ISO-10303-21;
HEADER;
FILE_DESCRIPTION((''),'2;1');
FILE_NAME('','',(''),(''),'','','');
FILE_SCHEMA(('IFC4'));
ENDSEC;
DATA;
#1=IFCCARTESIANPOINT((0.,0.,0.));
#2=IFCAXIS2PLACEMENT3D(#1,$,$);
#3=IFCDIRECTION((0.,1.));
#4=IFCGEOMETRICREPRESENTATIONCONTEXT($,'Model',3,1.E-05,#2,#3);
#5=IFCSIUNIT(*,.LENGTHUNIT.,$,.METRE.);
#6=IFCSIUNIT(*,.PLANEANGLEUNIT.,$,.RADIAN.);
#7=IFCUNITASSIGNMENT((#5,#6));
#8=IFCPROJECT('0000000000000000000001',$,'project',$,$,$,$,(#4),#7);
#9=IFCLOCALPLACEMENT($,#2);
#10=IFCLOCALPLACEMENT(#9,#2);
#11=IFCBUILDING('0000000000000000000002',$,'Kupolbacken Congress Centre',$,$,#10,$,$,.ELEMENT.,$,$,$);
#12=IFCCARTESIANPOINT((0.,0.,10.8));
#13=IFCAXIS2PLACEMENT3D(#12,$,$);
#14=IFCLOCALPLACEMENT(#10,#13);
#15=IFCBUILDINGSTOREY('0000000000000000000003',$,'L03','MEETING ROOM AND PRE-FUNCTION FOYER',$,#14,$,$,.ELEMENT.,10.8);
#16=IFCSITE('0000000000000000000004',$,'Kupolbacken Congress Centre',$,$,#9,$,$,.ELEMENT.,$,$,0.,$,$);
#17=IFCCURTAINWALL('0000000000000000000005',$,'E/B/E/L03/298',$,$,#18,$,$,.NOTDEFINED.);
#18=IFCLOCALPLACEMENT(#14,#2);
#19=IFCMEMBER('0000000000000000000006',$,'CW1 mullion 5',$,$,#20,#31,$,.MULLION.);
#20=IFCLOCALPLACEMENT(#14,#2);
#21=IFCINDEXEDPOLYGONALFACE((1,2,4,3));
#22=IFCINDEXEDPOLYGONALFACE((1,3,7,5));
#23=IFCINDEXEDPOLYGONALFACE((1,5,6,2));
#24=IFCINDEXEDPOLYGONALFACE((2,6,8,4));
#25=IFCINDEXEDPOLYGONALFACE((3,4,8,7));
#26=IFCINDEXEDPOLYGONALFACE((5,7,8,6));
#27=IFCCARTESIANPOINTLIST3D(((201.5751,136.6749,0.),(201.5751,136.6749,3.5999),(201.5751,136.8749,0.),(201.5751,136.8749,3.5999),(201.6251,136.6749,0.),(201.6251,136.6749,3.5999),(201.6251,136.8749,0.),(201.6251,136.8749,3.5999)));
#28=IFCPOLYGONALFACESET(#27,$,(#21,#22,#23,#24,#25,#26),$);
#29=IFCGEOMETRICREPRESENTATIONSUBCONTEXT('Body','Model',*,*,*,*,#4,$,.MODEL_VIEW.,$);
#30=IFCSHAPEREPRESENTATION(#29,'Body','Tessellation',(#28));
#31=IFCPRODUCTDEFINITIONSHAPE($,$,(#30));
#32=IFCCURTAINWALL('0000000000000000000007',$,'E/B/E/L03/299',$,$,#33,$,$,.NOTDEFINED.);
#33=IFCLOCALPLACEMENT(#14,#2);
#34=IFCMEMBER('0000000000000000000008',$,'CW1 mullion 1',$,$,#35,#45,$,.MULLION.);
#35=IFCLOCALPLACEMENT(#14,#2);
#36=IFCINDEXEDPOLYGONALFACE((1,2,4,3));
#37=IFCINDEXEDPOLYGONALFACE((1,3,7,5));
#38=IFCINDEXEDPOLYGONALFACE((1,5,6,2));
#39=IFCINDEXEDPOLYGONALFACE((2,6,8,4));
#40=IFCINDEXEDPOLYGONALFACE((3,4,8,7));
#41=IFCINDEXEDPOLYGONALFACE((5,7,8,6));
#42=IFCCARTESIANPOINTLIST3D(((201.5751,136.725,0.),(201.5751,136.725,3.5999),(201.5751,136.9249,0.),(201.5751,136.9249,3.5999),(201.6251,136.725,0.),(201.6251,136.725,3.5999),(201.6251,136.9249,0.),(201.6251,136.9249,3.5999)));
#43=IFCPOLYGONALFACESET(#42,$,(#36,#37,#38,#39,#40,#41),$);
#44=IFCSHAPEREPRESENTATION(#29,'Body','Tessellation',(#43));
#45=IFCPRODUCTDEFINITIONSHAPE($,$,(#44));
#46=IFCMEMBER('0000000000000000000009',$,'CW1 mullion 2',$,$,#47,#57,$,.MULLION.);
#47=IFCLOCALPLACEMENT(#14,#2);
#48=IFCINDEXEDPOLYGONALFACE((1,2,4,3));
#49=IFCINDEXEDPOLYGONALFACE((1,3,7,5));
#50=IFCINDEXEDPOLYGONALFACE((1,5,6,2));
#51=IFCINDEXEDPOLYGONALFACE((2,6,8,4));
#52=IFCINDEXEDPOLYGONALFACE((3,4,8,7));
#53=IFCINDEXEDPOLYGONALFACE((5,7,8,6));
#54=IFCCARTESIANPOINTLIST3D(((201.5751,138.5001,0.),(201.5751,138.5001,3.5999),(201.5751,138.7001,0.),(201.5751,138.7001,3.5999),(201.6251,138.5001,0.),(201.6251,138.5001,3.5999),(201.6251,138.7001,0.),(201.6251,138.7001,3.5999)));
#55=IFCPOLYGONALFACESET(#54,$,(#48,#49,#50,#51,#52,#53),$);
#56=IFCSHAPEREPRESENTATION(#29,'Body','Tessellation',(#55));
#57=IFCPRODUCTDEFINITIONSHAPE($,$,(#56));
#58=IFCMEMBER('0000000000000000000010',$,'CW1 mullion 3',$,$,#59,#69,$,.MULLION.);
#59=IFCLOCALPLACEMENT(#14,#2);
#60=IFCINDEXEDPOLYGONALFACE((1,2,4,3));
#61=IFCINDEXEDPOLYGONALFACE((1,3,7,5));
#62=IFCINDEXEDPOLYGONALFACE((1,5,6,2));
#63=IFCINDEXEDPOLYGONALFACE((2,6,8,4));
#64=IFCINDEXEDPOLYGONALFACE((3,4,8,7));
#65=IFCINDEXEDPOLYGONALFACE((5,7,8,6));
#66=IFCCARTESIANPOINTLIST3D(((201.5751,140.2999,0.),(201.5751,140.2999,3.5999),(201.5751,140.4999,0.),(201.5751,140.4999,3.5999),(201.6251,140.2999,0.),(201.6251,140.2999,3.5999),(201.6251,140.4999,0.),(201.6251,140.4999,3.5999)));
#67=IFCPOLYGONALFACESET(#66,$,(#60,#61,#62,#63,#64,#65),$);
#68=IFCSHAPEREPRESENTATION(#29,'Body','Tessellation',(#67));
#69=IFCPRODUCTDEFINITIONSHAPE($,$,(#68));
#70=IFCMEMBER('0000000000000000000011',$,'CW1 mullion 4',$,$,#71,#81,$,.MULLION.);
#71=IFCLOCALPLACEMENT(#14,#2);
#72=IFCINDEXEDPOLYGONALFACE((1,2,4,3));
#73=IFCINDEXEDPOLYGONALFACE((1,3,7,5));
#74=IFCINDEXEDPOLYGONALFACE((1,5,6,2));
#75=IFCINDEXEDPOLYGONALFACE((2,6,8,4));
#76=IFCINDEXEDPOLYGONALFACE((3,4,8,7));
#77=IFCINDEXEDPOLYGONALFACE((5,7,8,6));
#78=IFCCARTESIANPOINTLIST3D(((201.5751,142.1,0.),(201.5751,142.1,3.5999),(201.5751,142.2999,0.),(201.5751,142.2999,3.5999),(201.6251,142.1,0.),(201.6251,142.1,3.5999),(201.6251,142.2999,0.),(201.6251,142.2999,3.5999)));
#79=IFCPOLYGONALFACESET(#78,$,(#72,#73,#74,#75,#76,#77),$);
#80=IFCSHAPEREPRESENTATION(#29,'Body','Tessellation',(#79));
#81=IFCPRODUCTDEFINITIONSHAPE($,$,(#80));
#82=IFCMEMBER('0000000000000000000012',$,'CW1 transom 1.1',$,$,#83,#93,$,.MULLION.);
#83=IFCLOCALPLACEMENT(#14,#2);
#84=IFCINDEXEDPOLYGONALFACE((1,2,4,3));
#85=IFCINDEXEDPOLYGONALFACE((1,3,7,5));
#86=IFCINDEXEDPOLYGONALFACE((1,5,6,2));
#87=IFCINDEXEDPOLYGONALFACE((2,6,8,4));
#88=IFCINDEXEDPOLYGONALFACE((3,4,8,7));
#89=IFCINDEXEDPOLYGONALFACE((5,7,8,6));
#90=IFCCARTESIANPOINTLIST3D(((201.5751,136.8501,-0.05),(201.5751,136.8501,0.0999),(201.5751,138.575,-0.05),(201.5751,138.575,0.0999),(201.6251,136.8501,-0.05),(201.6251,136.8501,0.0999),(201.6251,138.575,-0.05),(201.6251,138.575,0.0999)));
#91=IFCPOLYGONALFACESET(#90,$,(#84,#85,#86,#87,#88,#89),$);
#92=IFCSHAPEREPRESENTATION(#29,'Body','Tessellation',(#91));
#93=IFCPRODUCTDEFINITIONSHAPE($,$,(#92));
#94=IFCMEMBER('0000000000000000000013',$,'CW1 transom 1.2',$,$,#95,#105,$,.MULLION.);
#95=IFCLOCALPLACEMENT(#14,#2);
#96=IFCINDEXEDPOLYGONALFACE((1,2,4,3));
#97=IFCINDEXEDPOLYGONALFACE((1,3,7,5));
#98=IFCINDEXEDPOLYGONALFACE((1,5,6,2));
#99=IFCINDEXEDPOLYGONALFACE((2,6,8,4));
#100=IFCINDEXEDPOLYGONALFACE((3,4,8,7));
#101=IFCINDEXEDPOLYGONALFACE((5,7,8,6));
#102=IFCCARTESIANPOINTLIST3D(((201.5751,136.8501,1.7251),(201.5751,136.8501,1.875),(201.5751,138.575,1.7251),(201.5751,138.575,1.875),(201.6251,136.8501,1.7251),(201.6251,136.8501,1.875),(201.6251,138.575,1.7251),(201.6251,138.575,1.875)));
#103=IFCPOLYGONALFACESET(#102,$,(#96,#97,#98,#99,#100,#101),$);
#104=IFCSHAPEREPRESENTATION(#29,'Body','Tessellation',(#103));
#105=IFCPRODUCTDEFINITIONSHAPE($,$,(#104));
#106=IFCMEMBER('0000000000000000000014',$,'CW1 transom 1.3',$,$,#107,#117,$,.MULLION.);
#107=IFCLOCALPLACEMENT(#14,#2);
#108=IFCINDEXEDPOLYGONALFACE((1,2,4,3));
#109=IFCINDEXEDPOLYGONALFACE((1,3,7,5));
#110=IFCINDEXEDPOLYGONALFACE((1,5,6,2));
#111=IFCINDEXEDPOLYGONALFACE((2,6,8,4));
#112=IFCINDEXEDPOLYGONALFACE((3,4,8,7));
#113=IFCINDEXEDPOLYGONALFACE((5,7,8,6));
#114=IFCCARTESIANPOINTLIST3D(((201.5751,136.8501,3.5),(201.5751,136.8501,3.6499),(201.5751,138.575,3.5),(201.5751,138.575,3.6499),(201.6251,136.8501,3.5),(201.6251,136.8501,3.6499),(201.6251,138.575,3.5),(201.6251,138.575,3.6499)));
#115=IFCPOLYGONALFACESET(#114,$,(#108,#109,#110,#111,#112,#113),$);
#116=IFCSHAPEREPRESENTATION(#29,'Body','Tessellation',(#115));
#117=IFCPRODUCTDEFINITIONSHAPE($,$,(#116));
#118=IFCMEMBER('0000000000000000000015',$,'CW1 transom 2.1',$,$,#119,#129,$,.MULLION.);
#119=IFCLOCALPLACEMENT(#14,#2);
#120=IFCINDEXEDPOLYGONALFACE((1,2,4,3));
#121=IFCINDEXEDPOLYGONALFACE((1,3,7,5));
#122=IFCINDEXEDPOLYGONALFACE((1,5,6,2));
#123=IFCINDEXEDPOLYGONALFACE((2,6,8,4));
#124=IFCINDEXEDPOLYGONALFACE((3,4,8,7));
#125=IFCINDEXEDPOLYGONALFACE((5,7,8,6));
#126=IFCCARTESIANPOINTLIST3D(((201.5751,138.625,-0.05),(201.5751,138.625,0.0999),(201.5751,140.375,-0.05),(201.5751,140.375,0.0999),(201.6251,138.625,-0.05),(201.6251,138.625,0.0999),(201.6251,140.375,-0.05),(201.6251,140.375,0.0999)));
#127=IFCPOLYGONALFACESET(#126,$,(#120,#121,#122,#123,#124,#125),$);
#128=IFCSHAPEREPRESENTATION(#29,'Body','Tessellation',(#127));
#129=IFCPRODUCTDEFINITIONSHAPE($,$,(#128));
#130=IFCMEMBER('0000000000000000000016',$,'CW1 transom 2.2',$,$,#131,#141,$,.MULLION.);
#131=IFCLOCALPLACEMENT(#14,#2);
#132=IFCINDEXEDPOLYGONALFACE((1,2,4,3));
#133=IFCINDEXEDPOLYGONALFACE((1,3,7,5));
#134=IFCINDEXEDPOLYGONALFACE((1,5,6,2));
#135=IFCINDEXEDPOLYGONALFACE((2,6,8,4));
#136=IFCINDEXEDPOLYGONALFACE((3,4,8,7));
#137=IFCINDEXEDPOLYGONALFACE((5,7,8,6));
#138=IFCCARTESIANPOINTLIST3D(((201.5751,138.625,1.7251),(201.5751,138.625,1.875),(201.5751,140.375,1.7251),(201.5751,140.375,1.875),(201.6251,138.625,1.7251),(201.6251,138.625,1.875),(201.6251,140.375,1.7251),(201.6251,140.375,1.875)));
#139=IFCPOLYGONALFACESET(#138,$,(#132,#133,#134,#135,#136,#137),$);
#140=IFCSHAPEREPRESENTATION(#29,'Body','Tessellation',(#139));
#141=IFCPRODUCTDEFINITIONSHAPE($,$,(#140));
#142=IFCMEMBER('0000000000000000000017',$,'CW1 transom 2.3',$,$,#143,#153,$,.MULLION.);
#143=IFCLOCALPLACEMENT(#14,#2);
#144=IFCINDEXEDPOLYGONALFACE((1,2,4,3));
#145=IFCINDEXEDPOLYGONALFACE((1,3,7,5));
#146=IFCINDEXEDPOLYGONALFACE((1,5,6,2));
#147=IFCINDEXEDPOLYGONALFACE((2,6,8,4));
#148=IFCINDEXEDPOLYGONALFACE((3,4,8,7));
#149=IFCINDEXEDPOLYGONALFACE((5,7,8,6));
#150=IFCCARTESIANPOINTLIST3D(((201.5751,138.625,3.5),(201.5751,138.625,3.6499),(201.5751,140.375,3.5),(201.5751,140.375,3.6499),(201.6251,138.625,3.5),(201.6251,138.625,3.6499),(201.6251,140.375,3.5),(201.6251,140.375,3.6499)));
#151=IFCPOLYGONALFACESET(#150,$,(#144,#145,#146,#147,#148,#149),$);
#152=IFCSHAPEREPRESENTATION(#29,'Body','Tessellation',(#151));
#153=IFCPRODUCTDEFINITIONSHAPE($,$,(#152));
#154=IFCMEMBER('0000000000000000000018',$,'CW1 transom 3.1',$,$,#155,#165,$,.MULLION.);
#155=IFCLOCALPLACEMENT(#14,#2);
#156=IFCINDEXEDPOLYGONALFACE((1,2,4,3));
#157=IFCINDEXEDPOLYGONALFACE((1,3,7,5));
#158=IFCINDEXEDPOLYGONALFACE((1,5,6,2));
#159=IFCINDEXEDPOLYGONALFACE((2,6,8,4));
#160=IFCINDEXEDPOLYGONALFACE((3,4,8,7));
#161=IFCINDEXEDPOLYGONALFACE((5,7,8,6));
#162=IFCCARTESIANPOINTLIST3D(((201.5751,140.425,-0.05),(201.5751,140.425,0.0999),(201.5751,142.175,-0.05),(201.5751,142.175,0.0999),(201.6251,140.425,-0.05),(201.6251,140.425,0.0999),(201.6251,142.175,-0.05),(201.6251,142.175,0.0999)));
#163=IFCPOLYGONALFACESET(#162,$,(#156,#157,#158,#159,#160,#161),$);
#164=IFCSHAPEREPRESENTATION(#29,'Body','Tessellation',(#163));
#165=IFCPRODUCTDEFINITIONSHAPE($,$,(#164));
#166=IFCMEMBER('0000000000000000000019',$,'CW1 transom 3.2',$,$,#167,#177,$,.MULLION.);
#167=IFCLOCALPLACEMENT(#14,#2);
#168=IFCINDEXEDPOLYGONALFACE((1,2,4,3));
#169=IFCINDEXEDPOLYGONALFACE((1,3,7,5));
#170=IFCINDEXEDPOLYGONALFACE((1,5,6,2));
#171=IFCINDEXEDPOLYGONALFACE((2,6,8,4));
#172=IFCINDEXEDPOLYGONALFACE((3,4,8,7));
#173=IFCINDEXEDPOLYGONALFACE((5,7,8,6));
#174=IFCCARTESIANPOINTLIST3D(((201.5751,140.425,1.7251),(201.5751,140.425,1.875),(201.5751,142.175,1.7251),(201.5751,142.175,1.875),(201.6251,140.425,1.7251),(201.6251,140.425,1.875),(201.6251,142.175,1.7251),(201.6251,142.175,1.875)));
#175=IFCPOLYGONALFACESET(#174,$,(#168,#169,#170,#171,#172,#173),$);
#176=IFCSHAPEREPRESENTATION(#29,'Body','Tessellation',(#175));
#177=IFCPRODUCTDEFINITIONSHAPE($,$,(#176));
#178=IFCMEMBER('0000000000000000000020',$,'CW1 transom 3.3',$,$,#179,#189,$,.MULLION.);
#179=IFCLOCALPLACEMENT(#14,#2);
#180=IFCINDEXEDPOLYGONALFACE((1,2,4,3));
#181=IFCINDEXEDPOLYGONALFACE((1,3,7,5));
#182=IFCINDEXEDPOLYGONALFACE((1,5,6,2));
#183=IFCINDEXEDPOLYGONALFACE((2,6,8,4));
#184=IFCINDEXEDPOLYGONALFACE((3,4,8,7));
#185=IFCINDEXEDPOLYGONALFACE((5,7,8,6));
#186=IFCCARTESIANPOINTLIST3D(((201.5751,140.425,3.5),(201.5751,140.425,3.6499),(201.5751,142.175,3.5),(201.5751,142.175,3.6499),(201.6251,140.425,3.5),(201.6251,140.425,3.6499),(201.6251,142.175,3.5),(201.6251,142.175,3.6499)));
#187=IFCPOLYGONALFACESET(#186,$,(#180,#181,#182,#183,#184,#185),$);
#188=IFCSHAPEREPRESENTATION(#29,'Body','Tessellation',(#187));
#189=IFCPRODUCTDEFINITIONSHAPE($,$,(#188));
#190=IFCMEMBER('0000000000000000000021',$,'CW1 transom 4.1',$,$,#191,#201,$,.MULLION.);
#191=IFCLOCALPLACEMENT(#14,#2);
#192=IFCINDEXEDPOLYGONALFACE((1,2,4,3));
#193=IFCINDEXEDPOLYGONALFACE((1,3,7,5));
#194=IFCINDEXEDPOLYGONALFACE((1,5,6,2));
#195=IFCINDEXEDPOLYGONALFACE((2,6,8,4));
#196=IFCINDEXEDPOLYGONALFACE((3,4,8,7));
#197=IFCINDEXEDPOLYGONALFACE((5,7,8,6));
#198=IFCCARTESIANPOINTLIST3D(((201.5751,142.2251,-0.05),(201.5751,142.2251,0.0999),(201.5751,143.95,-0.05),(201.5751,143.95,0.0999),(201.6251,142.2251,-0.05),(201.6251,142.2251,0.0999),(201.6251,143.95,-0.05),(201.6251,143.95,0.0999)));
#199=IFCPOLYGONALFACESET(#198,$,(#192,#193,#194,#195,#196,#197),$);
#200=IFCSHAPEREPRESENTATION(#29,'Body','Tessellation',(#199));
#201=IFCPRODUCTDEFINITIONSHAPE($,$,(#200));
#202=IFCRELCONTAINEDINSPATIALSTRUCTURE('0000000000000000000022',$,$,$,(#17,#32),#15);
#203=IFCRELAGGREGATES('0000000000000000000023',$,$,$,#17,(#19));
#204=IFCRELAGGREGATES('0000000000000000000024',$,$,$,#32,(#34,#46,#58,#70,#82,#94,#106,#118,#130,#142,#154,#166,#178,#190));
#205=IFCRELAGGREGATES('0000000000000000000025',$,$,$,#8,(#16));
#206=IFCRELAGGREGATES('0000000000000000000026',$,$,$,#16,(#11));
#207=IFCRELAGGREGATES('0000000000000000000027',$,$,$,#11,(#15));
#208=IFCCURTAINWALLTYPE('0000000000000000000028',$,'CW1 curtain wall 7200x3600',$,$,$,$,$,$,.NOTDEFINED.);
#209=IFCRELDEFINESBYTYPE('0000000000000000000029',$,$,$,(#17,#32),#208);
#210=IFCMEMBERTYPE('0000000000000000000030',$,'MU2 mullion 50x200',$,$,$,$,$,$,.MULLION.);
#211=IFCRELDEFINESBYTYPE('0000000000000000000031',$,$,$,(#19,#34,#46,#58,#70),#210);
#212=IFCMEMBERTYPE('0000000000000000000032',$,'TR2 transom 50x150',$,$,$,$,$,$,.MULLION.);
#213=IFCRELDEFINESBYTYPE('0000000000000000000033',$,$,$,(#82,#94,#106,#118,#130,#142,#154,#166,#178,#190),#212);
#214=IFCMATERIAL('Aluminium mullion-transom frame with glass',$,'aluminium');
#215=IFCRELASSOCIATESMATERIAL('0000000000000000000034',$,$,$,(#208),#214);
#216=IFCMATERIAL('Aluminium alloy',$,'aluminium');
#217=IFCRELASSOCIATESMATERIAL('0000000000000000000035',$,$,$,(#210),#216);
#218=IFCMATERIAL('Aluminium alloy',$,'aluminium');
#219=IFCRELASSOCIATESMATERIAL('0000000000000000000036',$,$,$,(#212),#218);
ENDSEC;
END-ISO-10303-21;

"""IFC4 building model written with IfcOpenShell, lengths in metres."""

from ifc_helpers import new_model, si_unit, direction, frame, origin, origin_2d, place, context, subcontext, project, spatial, rectangle, extrude, material, material_profile, profile_set, type_object, element, aggregate, save


model = new_model("IFC4")

# Units and contexts
model_context = context("Model", 3, precision=1e-05, world=origin(), true_north=direction((0.0, 1.0)))
body_context = subcontext(model_context, "Body", "Model", "MODEL_VIEW")
ifc_project = project(units=[si_unit("LENGTHUNIT", "METRE"), si_unit("PLANEANGLEUNIT", "RADIAN")], contexts=[model_context])

# Site, building, storey
site_placement = place(None, origin())
site = spatial("IfcSite", under=ifc_project, at=site_placement, Name="Kupolbacken Congress Centre", CompositionType="ELEMENT", RefElevation=0.0)
building_placement = place(site_placement, origin())
building = spatial("IfcBuilding", under=site, at=building_placement, Name="Kupolbacken Congress Centre", CompositionType="ELEMENT")
storey_placement = place(building_placement, frame((0.0, 0.0, 10.8)))
storey = spatial("IfcBuildingStorey", under=building, at=storey_placement, Name="L03", Description="MEETING ROOM AND PRE-FUNCTION FOYER", CompositionType="ELEMENT", Elevation=10.8)

# Curtain wall, member
ifc_material_1 = material(Name="Aluminium mullion-transom frame with glass", Category="aluminium")
curtain_wall_type = type_object("IfcCurtainWallType", Name="CW1 curtain wall 7200x3600", PredefinedType="NOTDEFINED", material=ifc_material_1)
curtain_wall_1_placement = place(storey_placement, origin())
curtain_wall_1 = element("IfcCurtainWall", 1, at=curtain_wall_1_placement, inside=storey, type_object=curtain_wall_type, Name="E/B/E/L03/298", PredefinedType="NOTDEFINED")
ifc_material_2 = material(Name="Aluminium alloy", Category="aluminium")
ifc_material_profile_1 = material_profile(ifc_material_2, rectangle(XDim=0.05, YDim=0.2, at=origin_2d()), Name="50 x 200")
ifc_profile_set_1 = profile_set([ifc_material_profile_1], Name="Aluminium alloy")
member_type_1 = type_object("IfcMemberType", Name="MU2 mullion 50x200", PredefinedType="MULLION", material=ifc_profile_set_1)
member_1_placement = place(storey_placement, frame((201.6001, 136.7749, 0.0), z_axis=(0.0, 0.0, 1.0), x_axis=(-1.0, 0.0, 0.0)))
member_1 = element("IfcMember", 2, at=member_1_placement, type_object=member_type_1, Name="CW1 mullion 5", PredefinedType="MULLION", context=body_context, shape_type="SweptSolid", body=[
    extrude(rectangle(XDim=0.05, YDim=0.2, at=origin_2d()), origin(), (0.0, 0.0, 1.0), 3.5999),
])

# Curtain wall, members
curtain_wall_2_placement = place(storey_placement, origin())
curtain_wall_2 = element("IfcCurtainWall", 3, at=curtain_wall_2_placement, inside=storey, type_object=curtain_wall_type, Name="E/B/E/L03/299", PredefinedType="NOTDEFINED")
member_2_placement = place(storey_placement, frame((201.6001, 136.825, 0.0), z_axis=(0.0, 0.0, 1.0), x_axis=(-1.0, 0.0, 0.0)))
member_2 = element("IfcMember", 4, at=member_2_placement, type_object=member_type_1, Name="CW1 mullion 1", PredefinedType="MULLION", context=body_context, shape_type="SweptSolid", body=[
    extrude(rectangle(XDim=0.05, YDim=0.2, at=origin_2d()), origin(), (0.0, 0.0, 1.0), 3.5999),
])
member_3_placement = place(storey_placement, frame((201.6001, 138.6001, 0.0), z_axis=(0.0, 0.0, 1.0), x_axis=(-1.0, 0.0, 0.0)))
member_3 = element("IfcMember", 5, at=member_3_placement, type_object=member_type_1, Name="CW1 mullion 2", PredefinedType="MULLION", context=body_context, shape_type="SweptSolid", body=[
    extrude(rectangle(XDim=0.05, YDim=0.2, at=origin_2d()), origin(), (0.0, 0.0, 1.0), 3.5999),
])
member_4_placement = place(storey_placement, frame((201.6001, 140.3999, 0.0), z_axis=(0.0, 0.0, 1.0), x_axis=(-1.0, 0.0, 0.0)))
member_4 = element("IfcMember", 6, at=member_4_placement, type_object=member_type_1, Name="CW1 mullion 3", PredefinedType="MULLION", context=body_context, shape_type="SweptSolid", body=[
    extrude(rectangle(XDim=0.05, YDim=0.2, at=origin_2d()), origin(), (0.0, 0.0, 1.0), 3.5999),
])
member_5_placement = place(storey_placement, frame((201.6001, 142.2, 0.0), z_axis=(0.0, 0.0, 1.0), x_axis=(-1.0, 0.0, 0.0)))
member_5 = element("IfcMember", 7, at=member_5_placement, type_object=member_type_1, Name="CW1 mullion 4", PredefinedType="MULLION", context=body_context, shape_type="SweptSolid", body=[
    extrude(rectangle(XDim=0.05, YDim=0.2, at=origin_2d()), origin(), (0.0, 0.0, 1.0), 3.5999),
])
ifc_material_3 = material(Name="Aluminium alloy", Category="aluminium")
ifc_material_profile_2 = material_profile(ifc_material_3, rectangle(XDim=0.05, YDim=0.1499, at=origin_2d()), Name="50 x 150")
ifc_profile_set_2 = profile_set([ifc_material_profile_2], Name="Aluminium alloy")
member_type_2 = type_object("IfcMemberType", Name="TR2 transom 50x150", PredefinedType="MULLION", material=ifc_profile_set_2)
member_6_placement = place(storey_placement, frame((201.6001, 136.8501, 0.0249), z_axis=(0.0, 1.0, 0.0), x_axis=(-1.0, 0.0, 0.0)))
member_6 = element("IfcMember", 8, at=member_6_placement, type_object=member_type_2, Name="CW1 transom 1.1", PredefinedType="MULLION", context=body_context, shape_type="SweptSolid", body=[
    extrude(rectangle(XDim=0.05, YDim=0.1499, at=origin_2d()), origin(), (0.0, 0.0, 1.0), 1.7249),
])
member_7_placement = place(storey_placement, frame((201.6001, 136.8501, 1.8), z_axis=(0.0, 1.0, 0.0), x_axis=(-1.0, 0.0, 0.0)))
member_7 = element("IfcMember", 9, at=member_7_placement, type_object=member_type_2, Name="CW1 transom 1.2", PredefinedType="MULLION", context=body_context, shape_type="SweptSolid", body=[
    extrude(rectangle(XDim=0.05, YDim=0.1499, at=origin_2d()), origin(), (0.0, 0.0, 1.0), 1.7249),
])
member_8_placement = place(storey_placement, frame((201.6001, 136.8501, 3.575), z_axis=(0.0, 1.0, 0.0), x_axis=(-1.0, 0.0, 0.0)))
member_8 = element("IfcMember", 10, at=member_8_placement, type_object=member_type_2, Name="CW1 transom 1.3", PredefinedType="MULLION", context=body_context, shape_type="SweptSolid", body=[
    extrude(rectangle(XDim=0.05, YDim=0.1499, at=origin_2d()), origin(), (0.0, 0.0, 1.0), 1.7249),
])
member_9_placement = place(storey_placement, frame((201.6001, 138.625, 0.0249), z_axis=(0.0, 1.0, 0.0), x_axis=(-1.0, 0.0, 0.0)))
member_9 = element("IfcMember", 11, at=member_9_placement, type_object=member_type_2, Name="CW1 transom 2.1", PredefinedType="MULLION", context=body_context, shape_type="SweptSolid", body=[
    extrude(rectangle(XDim=0.05, YDim=0.1499, at=origin_2d()), origin(), (0.0, 0.0, 1.0), 1.75),
])
member_10_placement = place(storey_placement, frame((201.6001, 138.625, 1.8), z_axis=(0.0, 1.0, 0.0), x_axis=(-1.0, 0.0, 0.0)))
member_10 = element("IfcMember", 12, at=member_10_placement, type_object=member_type_2, Name="CW1 transom 2.2", PredefinedType="MULLION", context=body_context, shape_type="SweptSolid", body=[
    extrude(rectangle(XDim=0.05, YDim=0.1499, at=origin_2d()), origin(), (0.0, 0.0, 1.0), 1.75),
])
member_11_placement = place(storey_placement, frame((201.6001, 138.625, 3.575), z_axis=(0.0, 1.0, 0.0), x_axis=(-1.0, 0.0, 0.0)))
member_11 = element("IfcMember", 13, at=member_11_placement, type_object=member_type_2, Name="CW1 transom 2.3", PredefinedType="MULLION", context=body_context, shape_type="SweptSolid", body=[
    extrude(rectangle(XDim=0.05, YDim=0.1499, at=origin_2d()), origin(), (0.0, 0.0, 1.0), 1.75),
])
member_12_placement = place(storey_placement, frame((201.6001, 140.425, 0.0249), z_axis=(0.0, 1.0, 0.0), x_axis=(-1.0, 0.0, 0.0)))
member_12 = element("IfcMember", 14, at=member_12_placement, type_object=member_type_2, Name="CW1 transom 3.1", PredefinedType="MULLION", context=body_context, shape_type="SweptSolid", body=[
    extrude(rectangle(XDim=0.05, YDim=0.1499, at=origin_2d()), origin(), (0.0, 0.0, 1.0), 1.75),
])
member_13_placement = place(storey_placement, frame((201.6001, 140.425, 1.8), z_axis=(0.0, 1.0, 0.0), x_axis=(-1.0, 0.0, 0.0)))
member_13 = element("IfcMember", 15, at=member_13_placement, type_object=member_type_2, Name="CW1 transom 3.2", PredefinedType="MULLION", context=body_context, shape_type="SweptSolid", body=[
    extrude(rectangle(XDim=0.05, YDim=0.1499, at=origin_2d()), origin(), (0.0, 0.0, 1.0), 1.75),
])
member_14_placement = place(storey_placement, frame((201.6001, 140.425, 3.575), z_axis=(0.0, 1.0, 0.0), x_axis=(-1.0, 0.0, 0.0)))
member_14 = element("IfcMember", 16, at=member_14_placement, type_object=member_type_2, Name="CW1 transom 3.3", PredefinedType="MULLION", context=body_context, shape_type="SweptSolid", body=[
    extrude(rectangle(XDim=0.05, YDim=0.1499, at=origin_2d()), origin(), (0.0, 0.0, 1.0), 1.75),
])
member_15_placement = place(storey_placement, frame((201.6001, 142.2251, 0.0249), z_axis=(0.0, 1.0, 0.0), x_axis=(-1.0, 0.0, 0.0)))
member_15 = element("IfcMember", 17, at=member_15_placement, type_object=member_type_2, Name="CW1 transom 4.1", PredefinedType="MULLION", context=body_context, shape_type="SweptSolid", body=[
    extrude(rectangle(XDim=0.05, YDim=0.1499, at=origin_2d()), origin(), (0.0, 0.0, 1.0), 1.7249),
])

aggregate(curtain_wall_1, [member_1])
aggregate(curtain_wall_2, [member_2, member_3, member_4, member_5, member_6, member_7, member_8, member_9, member_10, member_11, member_12, member_13, member_14, member_15])

save(model, "model.ifc")
